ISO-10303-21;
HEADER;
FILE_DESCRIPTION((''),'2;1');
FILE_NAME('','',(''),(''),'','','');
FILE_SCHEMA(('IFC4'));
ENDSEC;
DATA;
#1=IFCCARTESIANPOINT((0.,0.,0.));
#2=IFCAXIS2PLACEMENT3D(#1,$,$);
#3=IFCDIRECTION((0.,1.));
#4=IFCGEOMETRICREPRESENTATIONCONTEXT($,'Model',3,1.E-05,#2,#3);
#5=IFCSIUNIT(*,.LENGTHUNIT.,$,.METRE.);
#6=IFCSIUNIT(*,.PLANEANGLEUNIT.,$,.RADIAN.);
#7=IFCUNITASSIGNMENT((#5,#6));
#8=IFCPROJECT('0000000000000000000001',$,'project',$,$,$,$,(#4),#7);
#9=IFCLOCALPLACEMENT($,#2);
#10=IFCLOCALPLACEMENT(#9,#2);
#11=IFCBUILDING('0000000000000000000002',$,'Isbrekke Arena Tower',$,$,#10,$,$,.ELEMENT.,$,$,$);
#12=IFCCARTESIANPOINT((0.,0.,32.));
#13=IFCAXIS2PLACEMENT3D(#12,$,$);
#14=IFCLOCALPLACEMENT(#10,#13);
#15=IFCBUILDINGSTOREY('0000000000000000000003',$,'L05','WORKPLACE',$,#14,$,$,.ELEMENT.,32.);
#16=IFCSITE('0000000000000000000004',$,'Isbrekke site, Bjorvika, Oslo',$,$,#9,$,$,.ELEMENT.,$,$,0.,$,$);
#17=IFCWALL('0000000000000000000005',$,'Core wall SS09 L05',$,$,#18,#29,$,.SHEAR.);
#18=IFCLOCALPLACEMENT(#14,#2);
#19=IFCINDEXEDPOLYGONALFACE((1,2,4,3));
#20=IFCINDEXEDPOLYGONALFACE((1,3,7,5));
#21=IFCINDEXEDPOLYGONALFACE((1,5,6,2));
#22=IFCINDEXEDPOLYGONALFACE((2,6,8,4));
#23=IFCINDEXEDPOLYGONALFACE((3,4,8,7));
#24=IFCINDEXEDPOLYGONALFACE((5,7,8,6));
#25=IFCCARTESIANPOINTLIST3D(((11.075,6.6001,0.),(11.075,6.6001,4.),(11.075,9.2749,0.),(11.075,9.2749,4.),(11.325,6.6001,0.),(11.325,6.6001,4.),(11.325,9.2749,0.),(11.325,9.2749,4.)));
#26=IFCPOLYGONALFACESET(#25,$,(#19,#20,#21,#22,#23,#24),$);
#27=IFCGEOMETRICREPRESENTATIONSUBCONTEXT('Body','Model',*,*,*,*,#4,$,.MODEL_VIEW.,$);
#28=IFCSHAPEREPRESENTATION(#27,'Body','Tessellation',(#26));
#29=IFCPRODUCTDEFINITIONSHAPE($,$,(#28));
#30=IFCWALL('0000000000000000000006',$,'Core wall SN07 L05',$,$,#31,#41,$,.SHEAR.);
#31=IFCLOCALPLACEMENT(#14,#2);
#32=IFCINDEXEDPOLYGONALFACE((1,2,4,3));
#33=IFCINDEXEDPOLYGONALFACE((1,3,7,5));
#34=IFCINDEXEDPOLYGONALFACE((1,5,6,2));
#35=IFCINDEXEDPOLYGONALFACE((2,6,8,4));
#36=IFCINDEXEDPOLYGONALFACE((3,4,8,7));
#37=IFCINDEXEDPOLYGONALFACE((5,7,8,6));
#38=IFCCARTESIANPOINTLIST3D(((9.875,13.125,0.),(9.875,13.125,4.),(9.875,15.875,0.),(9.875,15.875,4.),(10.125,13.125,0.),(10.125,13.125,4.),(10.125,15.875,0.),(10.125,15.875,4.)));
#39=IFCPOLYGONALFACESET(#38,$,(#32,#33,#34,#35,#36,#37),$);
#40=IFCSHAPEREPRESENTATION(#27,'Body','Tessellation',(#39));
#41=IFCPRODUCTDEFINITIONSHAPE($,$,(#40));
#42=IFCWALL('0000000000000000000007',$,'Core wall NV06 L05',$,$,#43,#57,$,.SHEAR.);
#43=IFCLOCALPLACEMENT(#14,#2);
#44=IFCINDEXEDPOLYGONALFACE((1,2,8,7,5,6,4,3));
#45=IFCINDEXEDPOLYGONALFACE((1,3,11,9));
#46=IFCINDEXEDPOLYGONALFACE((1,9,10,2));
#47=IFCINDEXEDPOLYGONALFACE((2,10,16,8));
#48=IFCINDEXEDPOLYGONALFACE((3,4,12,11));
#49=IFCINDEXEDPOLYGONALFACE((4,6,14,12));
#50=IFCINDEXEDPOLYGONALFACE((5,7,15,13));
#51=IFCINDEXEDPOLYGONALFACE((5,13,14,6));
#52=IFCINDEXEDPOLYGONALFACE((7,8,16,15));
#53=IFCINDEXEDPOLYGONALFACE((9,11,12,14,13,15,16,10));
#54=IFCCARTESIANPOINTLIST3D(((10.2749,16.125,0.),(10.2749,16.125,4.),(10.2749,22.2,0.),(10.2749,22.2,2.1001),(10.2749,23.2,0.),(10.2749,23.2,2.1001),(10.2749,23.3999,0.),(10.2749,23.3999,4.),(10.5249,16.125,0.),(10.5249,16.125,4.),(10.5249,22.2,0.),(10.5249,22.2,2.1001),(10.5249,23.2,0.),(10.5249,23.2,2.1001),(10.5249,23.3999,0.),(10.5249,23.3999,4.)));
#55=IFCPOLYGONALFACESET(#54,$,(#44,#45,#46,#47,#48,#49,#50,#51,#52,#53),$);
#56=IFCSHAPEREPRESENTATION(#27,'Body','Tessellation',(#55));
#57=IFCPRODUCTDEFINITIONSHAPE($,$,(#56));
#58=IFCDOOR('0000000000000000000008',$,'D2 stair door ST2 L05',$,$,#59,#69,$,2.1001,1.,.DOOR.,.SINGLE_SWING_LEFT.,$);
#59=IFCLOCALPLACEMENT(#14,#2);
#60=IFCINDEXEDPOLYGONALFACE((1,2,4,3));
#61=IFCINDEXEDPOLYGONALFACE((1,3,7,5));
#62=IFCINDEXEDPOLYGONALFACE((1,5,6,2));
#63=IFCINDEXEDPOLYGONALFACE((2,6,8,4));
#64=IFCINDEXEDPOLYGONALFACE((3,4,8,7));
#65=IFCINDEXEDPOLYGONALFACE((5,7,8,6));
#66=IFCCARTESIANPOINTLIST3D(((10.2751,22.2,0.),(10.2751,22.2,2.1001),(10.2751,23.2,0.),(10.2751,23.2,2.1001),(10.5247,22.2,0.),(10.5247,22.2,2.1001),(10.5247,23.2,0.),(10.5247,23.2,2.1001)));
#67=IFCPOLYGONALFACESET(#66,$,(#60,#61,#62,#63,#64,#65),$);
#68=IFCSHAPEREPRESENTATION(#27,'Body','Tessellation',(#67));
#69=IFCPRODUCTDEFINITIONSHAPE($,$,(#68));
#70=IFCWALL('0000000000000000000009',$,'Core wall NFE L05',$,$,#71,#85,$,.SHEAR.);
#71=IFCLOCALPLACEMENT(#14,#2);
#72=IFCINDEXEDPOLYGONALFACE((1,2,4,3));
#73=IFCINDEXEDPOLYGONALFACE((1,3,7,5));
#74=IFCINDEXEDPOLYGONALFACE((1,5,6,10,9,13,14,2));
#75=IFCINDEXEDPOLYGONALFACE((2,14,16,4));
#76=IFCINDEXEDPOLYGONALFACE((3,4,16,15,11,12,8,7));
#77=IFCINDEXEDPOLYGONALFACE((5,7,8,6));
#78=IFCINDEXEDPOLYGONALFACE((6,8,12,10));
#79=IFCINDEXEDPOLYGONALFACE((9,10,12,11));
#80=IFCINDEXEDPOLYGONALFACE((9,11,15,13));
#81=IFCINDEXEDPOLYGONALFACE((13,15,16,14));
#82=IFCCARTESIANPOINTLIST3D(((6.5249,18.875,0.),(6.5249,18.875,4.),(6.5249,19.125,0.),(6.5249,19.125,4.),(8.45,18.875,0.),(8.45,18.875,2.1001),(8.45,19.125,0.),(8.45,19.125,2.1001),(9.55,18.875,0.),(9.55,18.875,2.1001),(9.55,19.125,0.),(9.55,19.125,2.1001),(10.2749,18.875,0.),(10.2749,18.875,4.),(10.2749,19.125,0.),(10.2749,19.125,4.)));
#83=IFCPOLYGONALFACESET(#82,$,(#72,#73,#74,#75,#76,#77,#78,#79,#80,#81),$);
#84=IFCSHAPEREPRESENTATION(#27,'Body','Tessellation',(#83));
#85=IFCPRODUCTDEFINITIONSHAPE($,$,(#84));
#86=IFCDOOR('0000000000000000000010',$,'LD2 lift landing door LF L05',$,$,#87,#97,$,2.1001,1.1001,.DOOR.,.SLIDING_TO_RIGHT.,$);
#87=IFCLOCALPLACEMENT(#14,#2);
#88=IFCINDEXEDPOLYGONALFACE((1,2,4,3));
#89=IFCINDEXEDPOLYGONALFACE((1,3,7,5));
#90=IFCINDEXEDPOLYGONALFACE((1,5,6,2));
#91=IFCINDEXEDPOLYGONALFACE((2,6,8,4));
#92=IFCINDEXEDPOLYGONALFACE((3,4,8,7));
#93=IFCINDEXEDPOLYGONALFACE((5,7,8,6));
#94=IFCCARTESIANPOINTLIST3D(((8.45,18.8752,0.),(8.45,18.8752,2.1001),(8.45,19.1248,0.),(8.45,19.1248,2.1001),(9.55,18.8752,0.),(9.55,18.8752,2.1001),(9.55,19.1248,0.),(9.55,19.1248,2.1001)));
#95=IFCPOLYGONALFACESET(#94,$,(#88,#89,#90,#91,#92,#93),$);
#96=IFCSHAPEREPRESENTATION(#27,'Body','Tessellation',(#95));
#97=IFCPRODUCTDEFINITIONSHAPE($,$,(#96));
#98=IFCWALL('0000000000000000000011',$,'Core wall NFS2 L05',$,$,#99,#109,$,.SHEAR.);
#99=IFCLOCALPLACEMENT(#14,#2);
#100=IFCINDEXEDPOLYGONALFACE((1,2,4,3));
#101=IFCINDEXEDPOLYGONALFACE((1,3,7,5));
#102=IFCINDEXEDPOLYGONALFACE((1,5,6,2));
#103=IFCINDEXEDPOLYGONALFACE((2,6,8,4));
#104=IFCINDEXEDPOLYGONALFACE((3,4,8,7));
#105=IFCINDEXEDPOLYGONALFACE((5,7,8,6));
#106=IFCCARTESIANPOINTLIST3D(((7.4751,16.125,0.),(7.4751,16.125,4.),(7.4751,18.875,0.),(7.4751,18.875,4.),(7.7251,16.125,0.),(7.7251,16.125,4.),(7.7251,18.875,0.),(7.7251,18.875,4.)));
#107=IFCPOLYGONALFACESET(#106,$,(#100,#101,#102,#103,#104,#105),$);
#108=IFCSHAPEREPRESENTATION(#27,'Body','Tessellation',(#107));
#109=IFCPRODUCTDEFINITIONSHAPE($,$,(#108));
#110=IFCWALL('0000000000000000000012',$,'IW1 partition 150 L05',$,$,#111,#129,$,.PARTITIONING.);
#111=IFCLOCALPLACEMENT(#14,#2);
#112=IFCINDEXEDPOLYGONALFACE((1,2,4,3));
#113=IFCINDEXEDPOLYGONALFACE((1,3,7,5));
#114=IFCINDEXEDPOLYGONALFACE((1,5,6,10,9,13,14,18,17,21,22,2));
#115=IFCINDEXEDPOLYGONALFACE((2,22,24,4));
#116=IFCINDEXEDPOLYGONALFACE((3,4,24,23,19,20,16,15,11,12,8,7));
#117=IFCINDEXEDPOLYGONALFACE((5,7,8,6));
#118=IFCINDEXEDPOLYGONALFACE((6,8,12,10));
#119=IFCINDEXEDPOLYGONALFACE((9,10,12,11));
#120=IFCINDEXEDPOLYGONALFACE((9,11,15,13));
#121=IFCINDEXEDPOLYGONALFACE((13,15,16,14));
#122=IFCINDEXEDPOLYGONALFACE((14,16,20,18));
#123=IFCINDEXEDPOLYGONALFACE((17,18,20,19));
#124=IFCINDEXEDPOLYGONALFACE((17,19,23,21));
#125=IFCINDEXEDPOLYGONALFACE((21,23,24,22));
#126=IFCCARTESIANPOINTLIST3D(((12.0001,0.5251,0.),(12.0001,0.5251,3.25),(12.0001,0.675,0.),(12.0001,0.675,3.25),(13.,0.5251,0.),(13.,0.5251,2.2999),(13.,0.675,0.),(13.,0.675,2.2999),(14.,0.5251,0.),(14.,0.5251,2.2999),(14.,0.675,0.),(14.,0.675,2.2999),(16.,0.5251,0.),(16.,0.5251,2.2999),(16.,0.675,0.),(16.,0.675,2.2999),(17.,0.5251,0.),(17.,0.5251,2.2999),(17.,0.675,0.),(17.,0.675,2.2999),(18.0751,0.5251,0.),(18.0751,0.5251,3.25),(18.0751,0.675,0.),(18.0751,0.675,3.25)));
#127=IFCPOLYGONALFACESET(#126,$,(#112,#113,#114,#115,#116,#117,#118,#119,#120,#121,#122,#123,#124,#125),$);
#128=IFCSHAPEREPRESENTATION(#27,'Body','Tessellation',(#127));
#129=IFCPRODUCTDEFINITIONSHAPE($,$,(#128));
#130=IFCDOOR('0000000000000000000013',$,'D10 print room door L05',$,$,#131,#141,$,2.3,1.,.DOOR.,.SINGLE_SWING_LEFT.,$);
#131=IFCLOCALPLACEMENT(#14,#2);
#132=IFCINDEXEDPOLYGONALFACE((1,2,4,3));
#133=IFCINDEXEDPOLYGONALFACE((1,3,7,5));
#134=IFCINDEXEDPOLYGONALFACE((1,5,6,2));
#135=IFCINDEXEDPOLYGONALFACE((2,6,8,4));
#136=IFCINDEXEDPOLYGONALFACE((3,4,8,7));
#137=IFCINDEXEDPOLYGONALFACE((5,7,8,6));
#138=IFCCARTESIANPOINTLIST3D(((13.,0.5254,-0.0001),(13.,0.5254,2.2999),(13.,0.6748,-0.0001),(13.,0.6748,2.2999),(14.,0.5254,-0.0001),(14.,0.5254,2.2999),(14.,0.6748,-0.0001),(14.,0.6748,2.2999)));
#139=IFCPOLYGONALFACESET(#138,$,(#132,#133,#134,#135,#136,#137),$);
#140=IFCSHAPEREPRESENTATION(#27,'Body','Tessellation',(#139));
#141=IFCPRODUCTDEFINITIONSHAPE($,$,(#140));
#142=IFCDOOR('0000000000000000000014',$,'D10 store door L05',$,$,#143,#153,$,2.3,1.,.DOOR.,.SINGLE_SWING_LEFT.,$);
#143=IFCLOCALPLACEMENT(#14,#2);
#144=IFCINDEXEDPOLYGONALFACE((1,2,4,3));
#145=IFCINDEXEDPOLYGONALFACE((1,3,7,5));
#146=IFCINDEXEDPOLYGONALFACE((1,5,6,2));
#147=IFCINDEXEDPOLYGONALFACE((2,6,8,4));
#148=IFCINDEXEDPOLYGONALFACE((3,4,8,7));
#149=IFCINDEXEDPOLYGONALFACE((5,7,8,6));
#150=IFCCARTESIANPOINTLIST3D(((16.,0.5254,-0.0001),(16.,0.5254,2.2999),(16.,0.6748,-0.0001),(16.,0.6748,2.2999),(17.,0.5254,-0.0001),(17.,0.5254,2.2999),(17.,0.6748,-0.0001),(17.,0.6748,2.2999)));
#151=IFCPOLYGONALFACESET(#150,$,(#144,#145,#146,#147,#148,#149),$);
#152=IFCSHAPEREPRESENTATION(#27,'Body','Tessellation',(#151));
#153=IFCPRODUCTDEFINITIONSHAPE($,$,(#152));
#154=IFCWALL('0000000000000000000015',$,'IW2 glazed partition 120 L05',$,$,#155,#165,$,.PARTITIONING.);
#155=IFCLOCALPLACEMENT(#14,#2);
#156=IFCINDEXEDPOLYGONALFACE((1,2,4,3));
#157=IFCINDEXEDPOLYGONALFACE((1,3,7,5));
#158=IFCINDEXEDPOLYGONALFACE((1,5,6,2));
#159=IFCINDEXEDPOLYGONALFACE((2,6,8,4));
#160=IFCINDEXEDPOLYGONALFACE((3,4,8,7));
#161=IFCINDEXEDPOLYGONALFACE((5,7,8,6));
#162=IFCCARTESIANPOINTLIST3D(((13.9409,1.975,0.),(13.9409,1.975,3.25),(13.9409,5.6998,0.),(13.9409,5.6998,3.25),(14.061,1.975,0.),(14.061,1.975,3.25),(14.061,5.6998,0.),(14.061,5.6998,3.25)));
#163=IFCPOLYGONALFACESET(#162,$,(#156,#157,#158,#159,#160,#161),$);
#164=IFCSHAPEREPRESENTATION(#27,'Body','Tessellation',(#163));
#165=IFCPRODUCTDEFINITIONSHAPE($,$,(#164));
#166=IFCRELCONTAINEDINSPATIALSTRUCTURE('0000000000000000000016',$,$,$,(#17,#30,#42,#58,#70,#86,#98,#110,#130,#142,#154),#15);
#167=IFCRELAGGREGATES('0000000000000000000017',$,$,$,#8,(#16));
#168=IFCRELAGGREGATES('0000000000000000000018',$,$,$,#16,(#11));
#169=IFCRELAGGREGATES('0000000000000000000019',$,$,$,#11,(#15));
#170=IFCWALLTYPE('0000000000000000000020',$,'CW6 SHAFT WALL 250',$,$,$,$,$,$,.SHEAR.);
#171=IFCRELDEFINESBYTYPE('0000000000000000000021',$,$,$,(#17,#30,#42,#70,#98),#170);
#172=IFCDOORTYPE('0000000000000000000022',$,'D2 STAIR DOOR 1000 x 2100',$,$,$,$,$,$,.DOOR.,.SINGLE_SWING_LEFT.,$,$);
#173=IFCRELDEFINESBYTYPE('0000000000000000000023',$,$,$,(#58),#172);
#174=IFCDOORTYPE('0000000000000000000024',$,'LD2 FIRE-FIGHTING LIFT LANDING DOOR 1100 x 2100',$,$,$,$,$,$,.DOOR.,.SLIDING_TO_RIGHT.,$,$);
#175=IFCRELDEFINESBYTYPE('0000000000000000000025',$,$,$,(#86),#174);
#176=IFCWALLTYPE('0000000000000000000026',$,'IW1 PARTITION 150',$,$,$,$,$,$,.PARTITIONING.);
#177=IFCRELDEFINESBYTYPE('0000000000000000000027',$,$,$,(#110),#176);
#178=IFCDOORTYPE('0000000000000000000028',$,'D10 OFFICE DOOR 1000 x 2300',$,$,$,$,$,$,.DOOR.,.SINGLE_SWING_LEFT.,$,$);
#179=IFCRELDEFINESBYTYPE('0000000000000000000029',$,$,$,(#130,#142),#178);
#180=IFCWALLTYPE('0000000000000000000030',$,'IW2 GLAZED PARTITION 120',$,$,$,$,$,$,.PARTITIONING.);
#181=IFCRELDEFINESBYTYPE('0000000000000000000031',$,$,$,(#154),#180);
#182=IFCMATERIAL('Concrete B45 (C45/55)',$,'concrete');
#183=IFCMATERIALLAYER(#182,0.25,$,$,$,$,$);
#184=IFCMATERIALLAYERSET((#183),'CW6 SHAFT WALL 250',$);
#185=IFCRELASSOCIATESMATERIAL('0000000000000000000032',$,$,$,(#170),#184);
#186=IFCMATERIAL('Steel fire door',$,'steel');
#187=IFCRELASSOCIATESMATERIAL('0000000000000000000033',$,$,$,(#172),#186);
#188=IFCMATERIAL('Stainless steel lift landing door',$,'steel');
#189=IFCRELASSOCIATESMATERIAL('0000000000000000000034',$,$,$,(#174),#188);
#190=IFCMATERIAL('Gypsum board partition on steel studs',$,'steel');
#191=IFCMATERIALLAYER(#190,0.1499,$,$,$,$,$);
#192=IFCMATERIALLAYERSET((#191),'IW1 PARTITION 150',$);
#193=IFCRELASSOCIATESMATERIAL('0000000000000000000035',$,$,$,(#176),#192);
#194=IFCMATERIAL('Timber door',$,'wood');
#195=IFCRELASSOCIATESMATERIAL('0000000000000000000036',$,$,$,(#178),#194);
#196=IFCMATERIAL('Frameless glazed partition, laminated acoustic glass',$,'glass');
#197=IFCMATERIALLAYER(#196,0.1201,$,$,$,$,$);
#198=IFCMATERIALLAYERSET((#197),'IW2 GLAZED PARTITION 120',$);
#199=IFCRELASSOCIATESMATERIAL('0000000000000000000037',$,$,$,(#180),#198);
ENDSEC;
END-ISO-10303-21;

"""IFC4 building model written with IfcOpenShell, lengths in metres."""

from ifc_helpers import new_model, si_unit, direction, frame, frame_2d, origin, place, context, subcontext, project, spatial, rectangle, extrude, material, layer, layer_set, type_object, element, fill, save


model = new_model("IFC4")

# Units and contexts
model_context = context("Model", 3, precision=1e-05, world=origin(), true_north=direction((0.0, 1.0)))
body_context = subcontext(model_context, "Body", "Model", "MODEL_VIEW")
ifc_project = project(units=[si_unit("LENGTHUNIT", "METRE"), si_unit("PLANEANGLEUNIT", "RADIAN")], contexts=[model_context])

# Site, building, storey
site_placement = place(None, origin())
site = spatial("IfcSite", under=ifc_project, at=site_placement, Name="Isbrekke site, Bjorvika, Oslo", CompositionType="ELEMENT", RefElevation=0.0)
building_placement = place(site_placement, origin())
building = spatial("IfcBuilding", under=site, at=building_placement, Name="Isbrekke Arena Tower", CompositionType="ELEMENT")
storey_placement = place(building_placement, frame((0.0, 0.0, 32.0)))
storey = spatial("IfcBuildingStorey", under=building, at=storey_placement, Name="L05", Description="WORKPLACE", CompositionType="ELEMENT", Elevation=32.0)

# Walls
ifc_material_1 = material(Name="Concrete B45 (C45/55)", Category="concrete")
ifc_layer_1 = layer(ifc_material_1, 0.25)
ifc_layer_set_1 = layer_set([ifc_layer_1], Name="CW6 SHAFT WALL 250")
wall_type_1 = type_object("IfcWallType", Name="CW6 SHAFT WALL 250", PredefinedType="SHEAR", material=ifc_layer_set_1)
for number, where, z_axis, x_axis, name in (
    (1, (11.2, 6.6001, 0.0), (0.0, 0.0, 1.0), (0.0, 1.0, 0.0), "Core wall SS09 L05"),
):
    element("IfcWall", number, at=place(storey_placement, frame(where, z_axis=z_axis, x_axis=x_axis)), inside=storey, type_object=wall_type_1, Name=name, PredefinedType="SHEAR", context=body_context, shape_type="SweptSolid", body=[
        extrude(rectangle(XDim=2.6748, YDim=0.25, at=frame_2d((1.3374, 0.0))), origin(), (0.0, 0.0, 1.0), 4.0),
    ])
wall_1_placement = place(storey_placement, frame((10.0, 13.125, 0.0), z_axis=(0.0, 0.0, 1.0), x_axis=(0.0, 1.0, 0.0)))
element("IfcWall", 2, at=wall_1_placement, inside=storey, type_object=wall_type_1, Name="Core wall SN07 L05", PredefinedType="SHEAR", context=body_context, shape_type="SweptSolid", body=[
    extrude(rectangle(XDim=2.75, YDim=0.25, at=frame_2d((1.375, 0.0))), origin(), (0.0, 0.0, 1.0), 4.0),
])

# Walls, openings, doors
wall_2_placement = place(storey_placement, frame((10.3999, 16.125, 0.0), z_axis=(0.0, 0.0, 1.0), x_axis=(0.0, 1.0, 0.0)))
wall_2 = element("IfcWall", 3, at=wall_2_placement, inside=storey, type_object=wall_type_1, Name="Core wall NV06 L05", PredefinedType="SHEAR", context=body_context, shape_type="SweptSolid", body=[
    extrude(rectangle(XDim=7.2749, YDim=0.25, at=frame_2d((3.6375, 0.0))), origin(), (0.0, 0.0, 1.0), 4.0),
])
opening_1_placement = place(wall_2_placement, frame((6.075, 0.0, 0.0)))
opening_1 = element("IfcOpeningElement", 4, at=opening_1_placement, cuts=wall_2, PredefinedType="OPENING", context=body_context, shape_type="SweptSolid", body=[
    extrude(rectangle(XDim=1.0, YDim=2.1001, at=frame_2d((0.5, 1.05))), frame((0.0, 0.1399, 0.0), z_axis=(0.0, -1.0, 0.0), x_axis=(1.0, 0.0, 0.0)), (0.0, 0.0, 1.0), 0.2798),
])
ifc_material_2 = material(Name="Steel fire door", Category="steel")
door_type_1 = type_object("IfcDoorType", Name="D2 STAIR DOOR 1000 x 2100", OperationType="SINGLE_SWING_LEFT", PredefinedType="DOOR", material=ifc_material_2)
door_1_placement = place(opening_1_placement, origin())
door_1 = element("IfcDoor", 5, at=door_1_placement, inside=storey, type_object=door_type_1, Name="D2 stair door ST2 L05", OperationType="SINGLE_SWING_LEFT", OverallHeight=2.1001, OverallWidth=1.0, PredefinedType="DOOR", context=body_context, shape_type="SweptSolid", body=[
    extrude(rectangle(XDim=1.0, YDim=2.1001, at=frame_2d((0.5, 1.05))), frame((0.0, 0.1248, 0.0), z_axis=(0.0, -1.0, 0.0), x_axis=(1.0, 0.0, 0.0)), (0.0, 0.0, 1.0), 0.2495),
])
fill(opening_1, door_1)
wall_3_placement = place(storey_placement, frame((6.5249, 19.0, 0.0), z_axis=(0.0, 0.0, 1.0), x_axis=(1.0, 0.0, 0.0)))
wall_3 = element("IfcWall", 6, at=wall_3_placement, inside=storey, type_object=wall_type_1, Name="Core wall NFE L05", PredefinedType="SHEAR", context=body_context, shape_type="SweptSolid", body=[
    extrude(rectangle(XDim=3.75, YDim=0.25, at=frame_2d((1.875, 0.0))), origin(), (0.0, 0.0, 1.0), 4.0),
])
opening_2_placement = place(wall_3_placement, frame((1.925, 0.0, 0.0)))
opening_2 = element("IfcOpeningElement", 7, at=opening_2_placement, cuts=wall_3, PredefinedType="OPENING", context=body_context, shape_type="SweptSolid", body=[
    extrude(rectangle(XDim=1.1001, YDim=2.1001, at=frame_2d((0.55, 1.05))), frame((0.0, 0.1399, 0.0), z_axis=(0.0, -1.0, 0.0), x_axis=(1.0, 0.0, 0.0)), (0.0, 0.0, 1.0), 0.2798),
])
ifc_material_3 = material(Name="Stainless steel lift landing door", Category="steel")
door_type_2 = type_object("IfcDoorType", Name="LD2 FIRE-FIGHTING LIFT LANDING DOOR 1100 x 2100", OperationType="SLIDING_TO_RIGHT", PredefinedType="DOOR", material=ifc_material_3)
door_2_placement = place(opening_2_placement, origin())
door_2 = element("IfcDoor", 8, at=door_2_placement, inside=storey, type_object=door_type_2, Name="LD2 lift landing door LF L05", OperationType="SLIDING_TO_RIGHT", OverallHeight=2.1001, OverallWidth=1.1001, PredefinedType="DOOR", context=body_context, shape_type="SweptSolid", body=[
    extrude(rectangle(XDim=1.1001, YDim=2.1001, at=frame_2d((0.55, 1.05))), frame((0.0, 0.1248, 0.0), z_axis=(0.0, -1.0, 0.0), x_axis=(1.0, 0.0, 0.0)), (0.0, 0.0, 1.0), 0.2495),
])
fill(opening_2, door_2)

# Wall
wall_4_placement = place(storey_placement, frame((7.6001, 16.125, 0.0), z_axis=(0.0, 0.0, 1.0), x_axis=(0.0, 1.0, 0.0)))
element("IfcWall", 9, at=wall_4_placement, inside=storey, type_object=wall_type_1, Name="Core wall NFS2 L05", PredefinedType="SHEAR", context=body_context, shape_type="SweptSolid", body=[
    extrude(rectangle(XDim=2.75, YDim=0.25, at=frame_2d((1.375, 0.0))), origin(), (0.0, 0.0, 1.0), 4.0),
])

# Wall, openings, doors
ifc_material_4 = material(Name="Gypsum board partition on steel studs", Category="steel")
ifc_layer_2 = layer(ifc_material_4, 0.1499)
ifc_layer_set_2 = layer_set([ifc_layer_2], Name="IW1 PARTITION 150")
wall_type_2 = type_object("IfcWallType", Name="IW1 PARTITION 150", PredefinedType="PARTITIONING", material=ifc_layer_set_2)
wall_5_placement = place(storey_placement, frame((12.0, 0.6001, 0.0), z_axis=(0.0, 0.0, 1.0), x_axis=(1.0, 0.0, 0.0)))
wall_5 = element("IfcWall", 10, at=wall_5_placement, inside=storey, type_object=wall_type_2, Name="IW1 partition 150 L05", PredefinedType="PARTITIONING", context=body_context, shape_type="SweptSolid", body=[
    extrude(rectangle(XDim=6.075, YDim=0.1499, at=frame_2d((3.0376, 0.0))), origin(), (0.0, 0.0, 1.0), 3.25),
])
opening_3_placement = place(wall_5_placement, frame((1.0, 0.0, 0.0)))
opening_3 = element("IfcOpeningElement", 11, at=opening_3_placement, cuts=wall_5, PredefinedType="OPENING", context=body_context, shape_type="SweptSolid", body=[
    extrude(rectangle(XDim=1.0, YDim=2.3, at=frame_2d((0.5, 1.1499))), frame((0.0, 0.0898, 0.0), z_axis=(0.0, -1.0, 0.0), x_axis=(1.0, 0.0, 0.0)), (0.0, 0.0, 1.0), 0.1797),
])
opening_4_placement = place(wall_5_placement, frame((4.0, 0.0, 0.0)))
opening_4 = element("IfcOpeningElement", 12, at=opening_4_placement, cuts=wall_5, PredefinedType="OPENING", context=body_context, shape_type="SweptSolid", body=[
    extrude(rectangle(XDim=1.0, YDim=2.3, at=frame_2d((0.5, 1.1499))), frame((0.0, 0.0898, 0.0), z_axis=(0.0, -1.0, 0.0), x_axis=(1.0, 0.0, 0.0)), (0.0, 0.0, 1.0), 0.1797),
])
ifc_material_5 = material(Name="Timber door", Category="wood")
door_type_3 = type_object("IfcDoorType", Name="D10 OFFICE DOOR 1000 x 2300", OperationType="SINGLE_SWING_LEFT", PredefinedType="DOOR", material=ifc_material_5)
door_3_placement = place(opening_3_placement, origin())
door_3 = element("IfcDoor", 13, at=door_3_placement, inside=storey, type_object=door_type_3, Name="D10 print room door L05", OperationType="SINGLE_SWING_LEFT", OverallHeight=2.3, OverallWidth=1.0, PredefinedType="DOOR", context=body_context, shape_type="SweptSolid", body=[
    extrude(rectangle(XDim=1.0, YDim=2.3, at=frame_2d((0.5, 1.1499))), frame((0.0, 0.0747, 0.0), z_axis=(0.0, -1.0, 0.0), x_axis=(1.0, 0.0, 0.0)), (0.0, 0.0, 1.0), 0.1494),
])
fill(opening_3, door_3)
door_4_placement = place(opening_4_placement, origin())
door_4 = element("IfcDoor", 14, at=door_4_placement, inside=storey, type_object=door_type_3, Name="D10 store door L05", OperationType="SINGLE_SWING_LEFT", OverallHeight=2.3, OverallWidth=1.0, PredefinedType="DOOR", context=body_context, shape_type="SweptSolid", body=[
    extrude(rectangle(XDim=1.0, YDim=2.3, at=frame_2d((0.5, 1.1499))), frame((0.0, 0.0747, 0.0), z_axis=(0.0, -1.0, 0.0), x_axis=(1.0, 0.0, 0.0)), (0.0, 0.0, 1.0), 0.1494),
])
fill(opening_4, door_4)

# Wall
ifc_material_6 = material(Name="Frameless glazed partition, laminated acoustic glass", Category="glass")
ifc_layer_3 = layer(ifc_material_6, 0.1201)
ifc_layer_set_3 = layer_set([ifc_layer_3], Name="IW2 GLAZED PARTITION 120")
wall_type_3 = type_object("IfcWallType", Name="IW2 GLAZED PARTITION 120", PredefinedType="PARTITIONING", material=ifc_layer_set_3)
wall_6_placement = place(storey_placement, frame((14.001, 1.9751, 0.0), z_axis=(0.0, 0.0, 1.0), x_axis=(0.0, 1.0, 0.0)))
element("IfcWall", 15, at=wall_6_placement, inside=storey, type_object=wall_type_3, Name="IW2 glazed partition 120 L05", PredefinedType="PARTITIONING", context=body_context, shape_type="SweptSolid", body=[
    extrude(rectangle(XDim=3.7249, YDim=0.1201, at=frame_2d((1.8623, 0.0))), origin(), (0.0, 0.0, 1.0), 3.25),
])

save(model, "model.ifc")
